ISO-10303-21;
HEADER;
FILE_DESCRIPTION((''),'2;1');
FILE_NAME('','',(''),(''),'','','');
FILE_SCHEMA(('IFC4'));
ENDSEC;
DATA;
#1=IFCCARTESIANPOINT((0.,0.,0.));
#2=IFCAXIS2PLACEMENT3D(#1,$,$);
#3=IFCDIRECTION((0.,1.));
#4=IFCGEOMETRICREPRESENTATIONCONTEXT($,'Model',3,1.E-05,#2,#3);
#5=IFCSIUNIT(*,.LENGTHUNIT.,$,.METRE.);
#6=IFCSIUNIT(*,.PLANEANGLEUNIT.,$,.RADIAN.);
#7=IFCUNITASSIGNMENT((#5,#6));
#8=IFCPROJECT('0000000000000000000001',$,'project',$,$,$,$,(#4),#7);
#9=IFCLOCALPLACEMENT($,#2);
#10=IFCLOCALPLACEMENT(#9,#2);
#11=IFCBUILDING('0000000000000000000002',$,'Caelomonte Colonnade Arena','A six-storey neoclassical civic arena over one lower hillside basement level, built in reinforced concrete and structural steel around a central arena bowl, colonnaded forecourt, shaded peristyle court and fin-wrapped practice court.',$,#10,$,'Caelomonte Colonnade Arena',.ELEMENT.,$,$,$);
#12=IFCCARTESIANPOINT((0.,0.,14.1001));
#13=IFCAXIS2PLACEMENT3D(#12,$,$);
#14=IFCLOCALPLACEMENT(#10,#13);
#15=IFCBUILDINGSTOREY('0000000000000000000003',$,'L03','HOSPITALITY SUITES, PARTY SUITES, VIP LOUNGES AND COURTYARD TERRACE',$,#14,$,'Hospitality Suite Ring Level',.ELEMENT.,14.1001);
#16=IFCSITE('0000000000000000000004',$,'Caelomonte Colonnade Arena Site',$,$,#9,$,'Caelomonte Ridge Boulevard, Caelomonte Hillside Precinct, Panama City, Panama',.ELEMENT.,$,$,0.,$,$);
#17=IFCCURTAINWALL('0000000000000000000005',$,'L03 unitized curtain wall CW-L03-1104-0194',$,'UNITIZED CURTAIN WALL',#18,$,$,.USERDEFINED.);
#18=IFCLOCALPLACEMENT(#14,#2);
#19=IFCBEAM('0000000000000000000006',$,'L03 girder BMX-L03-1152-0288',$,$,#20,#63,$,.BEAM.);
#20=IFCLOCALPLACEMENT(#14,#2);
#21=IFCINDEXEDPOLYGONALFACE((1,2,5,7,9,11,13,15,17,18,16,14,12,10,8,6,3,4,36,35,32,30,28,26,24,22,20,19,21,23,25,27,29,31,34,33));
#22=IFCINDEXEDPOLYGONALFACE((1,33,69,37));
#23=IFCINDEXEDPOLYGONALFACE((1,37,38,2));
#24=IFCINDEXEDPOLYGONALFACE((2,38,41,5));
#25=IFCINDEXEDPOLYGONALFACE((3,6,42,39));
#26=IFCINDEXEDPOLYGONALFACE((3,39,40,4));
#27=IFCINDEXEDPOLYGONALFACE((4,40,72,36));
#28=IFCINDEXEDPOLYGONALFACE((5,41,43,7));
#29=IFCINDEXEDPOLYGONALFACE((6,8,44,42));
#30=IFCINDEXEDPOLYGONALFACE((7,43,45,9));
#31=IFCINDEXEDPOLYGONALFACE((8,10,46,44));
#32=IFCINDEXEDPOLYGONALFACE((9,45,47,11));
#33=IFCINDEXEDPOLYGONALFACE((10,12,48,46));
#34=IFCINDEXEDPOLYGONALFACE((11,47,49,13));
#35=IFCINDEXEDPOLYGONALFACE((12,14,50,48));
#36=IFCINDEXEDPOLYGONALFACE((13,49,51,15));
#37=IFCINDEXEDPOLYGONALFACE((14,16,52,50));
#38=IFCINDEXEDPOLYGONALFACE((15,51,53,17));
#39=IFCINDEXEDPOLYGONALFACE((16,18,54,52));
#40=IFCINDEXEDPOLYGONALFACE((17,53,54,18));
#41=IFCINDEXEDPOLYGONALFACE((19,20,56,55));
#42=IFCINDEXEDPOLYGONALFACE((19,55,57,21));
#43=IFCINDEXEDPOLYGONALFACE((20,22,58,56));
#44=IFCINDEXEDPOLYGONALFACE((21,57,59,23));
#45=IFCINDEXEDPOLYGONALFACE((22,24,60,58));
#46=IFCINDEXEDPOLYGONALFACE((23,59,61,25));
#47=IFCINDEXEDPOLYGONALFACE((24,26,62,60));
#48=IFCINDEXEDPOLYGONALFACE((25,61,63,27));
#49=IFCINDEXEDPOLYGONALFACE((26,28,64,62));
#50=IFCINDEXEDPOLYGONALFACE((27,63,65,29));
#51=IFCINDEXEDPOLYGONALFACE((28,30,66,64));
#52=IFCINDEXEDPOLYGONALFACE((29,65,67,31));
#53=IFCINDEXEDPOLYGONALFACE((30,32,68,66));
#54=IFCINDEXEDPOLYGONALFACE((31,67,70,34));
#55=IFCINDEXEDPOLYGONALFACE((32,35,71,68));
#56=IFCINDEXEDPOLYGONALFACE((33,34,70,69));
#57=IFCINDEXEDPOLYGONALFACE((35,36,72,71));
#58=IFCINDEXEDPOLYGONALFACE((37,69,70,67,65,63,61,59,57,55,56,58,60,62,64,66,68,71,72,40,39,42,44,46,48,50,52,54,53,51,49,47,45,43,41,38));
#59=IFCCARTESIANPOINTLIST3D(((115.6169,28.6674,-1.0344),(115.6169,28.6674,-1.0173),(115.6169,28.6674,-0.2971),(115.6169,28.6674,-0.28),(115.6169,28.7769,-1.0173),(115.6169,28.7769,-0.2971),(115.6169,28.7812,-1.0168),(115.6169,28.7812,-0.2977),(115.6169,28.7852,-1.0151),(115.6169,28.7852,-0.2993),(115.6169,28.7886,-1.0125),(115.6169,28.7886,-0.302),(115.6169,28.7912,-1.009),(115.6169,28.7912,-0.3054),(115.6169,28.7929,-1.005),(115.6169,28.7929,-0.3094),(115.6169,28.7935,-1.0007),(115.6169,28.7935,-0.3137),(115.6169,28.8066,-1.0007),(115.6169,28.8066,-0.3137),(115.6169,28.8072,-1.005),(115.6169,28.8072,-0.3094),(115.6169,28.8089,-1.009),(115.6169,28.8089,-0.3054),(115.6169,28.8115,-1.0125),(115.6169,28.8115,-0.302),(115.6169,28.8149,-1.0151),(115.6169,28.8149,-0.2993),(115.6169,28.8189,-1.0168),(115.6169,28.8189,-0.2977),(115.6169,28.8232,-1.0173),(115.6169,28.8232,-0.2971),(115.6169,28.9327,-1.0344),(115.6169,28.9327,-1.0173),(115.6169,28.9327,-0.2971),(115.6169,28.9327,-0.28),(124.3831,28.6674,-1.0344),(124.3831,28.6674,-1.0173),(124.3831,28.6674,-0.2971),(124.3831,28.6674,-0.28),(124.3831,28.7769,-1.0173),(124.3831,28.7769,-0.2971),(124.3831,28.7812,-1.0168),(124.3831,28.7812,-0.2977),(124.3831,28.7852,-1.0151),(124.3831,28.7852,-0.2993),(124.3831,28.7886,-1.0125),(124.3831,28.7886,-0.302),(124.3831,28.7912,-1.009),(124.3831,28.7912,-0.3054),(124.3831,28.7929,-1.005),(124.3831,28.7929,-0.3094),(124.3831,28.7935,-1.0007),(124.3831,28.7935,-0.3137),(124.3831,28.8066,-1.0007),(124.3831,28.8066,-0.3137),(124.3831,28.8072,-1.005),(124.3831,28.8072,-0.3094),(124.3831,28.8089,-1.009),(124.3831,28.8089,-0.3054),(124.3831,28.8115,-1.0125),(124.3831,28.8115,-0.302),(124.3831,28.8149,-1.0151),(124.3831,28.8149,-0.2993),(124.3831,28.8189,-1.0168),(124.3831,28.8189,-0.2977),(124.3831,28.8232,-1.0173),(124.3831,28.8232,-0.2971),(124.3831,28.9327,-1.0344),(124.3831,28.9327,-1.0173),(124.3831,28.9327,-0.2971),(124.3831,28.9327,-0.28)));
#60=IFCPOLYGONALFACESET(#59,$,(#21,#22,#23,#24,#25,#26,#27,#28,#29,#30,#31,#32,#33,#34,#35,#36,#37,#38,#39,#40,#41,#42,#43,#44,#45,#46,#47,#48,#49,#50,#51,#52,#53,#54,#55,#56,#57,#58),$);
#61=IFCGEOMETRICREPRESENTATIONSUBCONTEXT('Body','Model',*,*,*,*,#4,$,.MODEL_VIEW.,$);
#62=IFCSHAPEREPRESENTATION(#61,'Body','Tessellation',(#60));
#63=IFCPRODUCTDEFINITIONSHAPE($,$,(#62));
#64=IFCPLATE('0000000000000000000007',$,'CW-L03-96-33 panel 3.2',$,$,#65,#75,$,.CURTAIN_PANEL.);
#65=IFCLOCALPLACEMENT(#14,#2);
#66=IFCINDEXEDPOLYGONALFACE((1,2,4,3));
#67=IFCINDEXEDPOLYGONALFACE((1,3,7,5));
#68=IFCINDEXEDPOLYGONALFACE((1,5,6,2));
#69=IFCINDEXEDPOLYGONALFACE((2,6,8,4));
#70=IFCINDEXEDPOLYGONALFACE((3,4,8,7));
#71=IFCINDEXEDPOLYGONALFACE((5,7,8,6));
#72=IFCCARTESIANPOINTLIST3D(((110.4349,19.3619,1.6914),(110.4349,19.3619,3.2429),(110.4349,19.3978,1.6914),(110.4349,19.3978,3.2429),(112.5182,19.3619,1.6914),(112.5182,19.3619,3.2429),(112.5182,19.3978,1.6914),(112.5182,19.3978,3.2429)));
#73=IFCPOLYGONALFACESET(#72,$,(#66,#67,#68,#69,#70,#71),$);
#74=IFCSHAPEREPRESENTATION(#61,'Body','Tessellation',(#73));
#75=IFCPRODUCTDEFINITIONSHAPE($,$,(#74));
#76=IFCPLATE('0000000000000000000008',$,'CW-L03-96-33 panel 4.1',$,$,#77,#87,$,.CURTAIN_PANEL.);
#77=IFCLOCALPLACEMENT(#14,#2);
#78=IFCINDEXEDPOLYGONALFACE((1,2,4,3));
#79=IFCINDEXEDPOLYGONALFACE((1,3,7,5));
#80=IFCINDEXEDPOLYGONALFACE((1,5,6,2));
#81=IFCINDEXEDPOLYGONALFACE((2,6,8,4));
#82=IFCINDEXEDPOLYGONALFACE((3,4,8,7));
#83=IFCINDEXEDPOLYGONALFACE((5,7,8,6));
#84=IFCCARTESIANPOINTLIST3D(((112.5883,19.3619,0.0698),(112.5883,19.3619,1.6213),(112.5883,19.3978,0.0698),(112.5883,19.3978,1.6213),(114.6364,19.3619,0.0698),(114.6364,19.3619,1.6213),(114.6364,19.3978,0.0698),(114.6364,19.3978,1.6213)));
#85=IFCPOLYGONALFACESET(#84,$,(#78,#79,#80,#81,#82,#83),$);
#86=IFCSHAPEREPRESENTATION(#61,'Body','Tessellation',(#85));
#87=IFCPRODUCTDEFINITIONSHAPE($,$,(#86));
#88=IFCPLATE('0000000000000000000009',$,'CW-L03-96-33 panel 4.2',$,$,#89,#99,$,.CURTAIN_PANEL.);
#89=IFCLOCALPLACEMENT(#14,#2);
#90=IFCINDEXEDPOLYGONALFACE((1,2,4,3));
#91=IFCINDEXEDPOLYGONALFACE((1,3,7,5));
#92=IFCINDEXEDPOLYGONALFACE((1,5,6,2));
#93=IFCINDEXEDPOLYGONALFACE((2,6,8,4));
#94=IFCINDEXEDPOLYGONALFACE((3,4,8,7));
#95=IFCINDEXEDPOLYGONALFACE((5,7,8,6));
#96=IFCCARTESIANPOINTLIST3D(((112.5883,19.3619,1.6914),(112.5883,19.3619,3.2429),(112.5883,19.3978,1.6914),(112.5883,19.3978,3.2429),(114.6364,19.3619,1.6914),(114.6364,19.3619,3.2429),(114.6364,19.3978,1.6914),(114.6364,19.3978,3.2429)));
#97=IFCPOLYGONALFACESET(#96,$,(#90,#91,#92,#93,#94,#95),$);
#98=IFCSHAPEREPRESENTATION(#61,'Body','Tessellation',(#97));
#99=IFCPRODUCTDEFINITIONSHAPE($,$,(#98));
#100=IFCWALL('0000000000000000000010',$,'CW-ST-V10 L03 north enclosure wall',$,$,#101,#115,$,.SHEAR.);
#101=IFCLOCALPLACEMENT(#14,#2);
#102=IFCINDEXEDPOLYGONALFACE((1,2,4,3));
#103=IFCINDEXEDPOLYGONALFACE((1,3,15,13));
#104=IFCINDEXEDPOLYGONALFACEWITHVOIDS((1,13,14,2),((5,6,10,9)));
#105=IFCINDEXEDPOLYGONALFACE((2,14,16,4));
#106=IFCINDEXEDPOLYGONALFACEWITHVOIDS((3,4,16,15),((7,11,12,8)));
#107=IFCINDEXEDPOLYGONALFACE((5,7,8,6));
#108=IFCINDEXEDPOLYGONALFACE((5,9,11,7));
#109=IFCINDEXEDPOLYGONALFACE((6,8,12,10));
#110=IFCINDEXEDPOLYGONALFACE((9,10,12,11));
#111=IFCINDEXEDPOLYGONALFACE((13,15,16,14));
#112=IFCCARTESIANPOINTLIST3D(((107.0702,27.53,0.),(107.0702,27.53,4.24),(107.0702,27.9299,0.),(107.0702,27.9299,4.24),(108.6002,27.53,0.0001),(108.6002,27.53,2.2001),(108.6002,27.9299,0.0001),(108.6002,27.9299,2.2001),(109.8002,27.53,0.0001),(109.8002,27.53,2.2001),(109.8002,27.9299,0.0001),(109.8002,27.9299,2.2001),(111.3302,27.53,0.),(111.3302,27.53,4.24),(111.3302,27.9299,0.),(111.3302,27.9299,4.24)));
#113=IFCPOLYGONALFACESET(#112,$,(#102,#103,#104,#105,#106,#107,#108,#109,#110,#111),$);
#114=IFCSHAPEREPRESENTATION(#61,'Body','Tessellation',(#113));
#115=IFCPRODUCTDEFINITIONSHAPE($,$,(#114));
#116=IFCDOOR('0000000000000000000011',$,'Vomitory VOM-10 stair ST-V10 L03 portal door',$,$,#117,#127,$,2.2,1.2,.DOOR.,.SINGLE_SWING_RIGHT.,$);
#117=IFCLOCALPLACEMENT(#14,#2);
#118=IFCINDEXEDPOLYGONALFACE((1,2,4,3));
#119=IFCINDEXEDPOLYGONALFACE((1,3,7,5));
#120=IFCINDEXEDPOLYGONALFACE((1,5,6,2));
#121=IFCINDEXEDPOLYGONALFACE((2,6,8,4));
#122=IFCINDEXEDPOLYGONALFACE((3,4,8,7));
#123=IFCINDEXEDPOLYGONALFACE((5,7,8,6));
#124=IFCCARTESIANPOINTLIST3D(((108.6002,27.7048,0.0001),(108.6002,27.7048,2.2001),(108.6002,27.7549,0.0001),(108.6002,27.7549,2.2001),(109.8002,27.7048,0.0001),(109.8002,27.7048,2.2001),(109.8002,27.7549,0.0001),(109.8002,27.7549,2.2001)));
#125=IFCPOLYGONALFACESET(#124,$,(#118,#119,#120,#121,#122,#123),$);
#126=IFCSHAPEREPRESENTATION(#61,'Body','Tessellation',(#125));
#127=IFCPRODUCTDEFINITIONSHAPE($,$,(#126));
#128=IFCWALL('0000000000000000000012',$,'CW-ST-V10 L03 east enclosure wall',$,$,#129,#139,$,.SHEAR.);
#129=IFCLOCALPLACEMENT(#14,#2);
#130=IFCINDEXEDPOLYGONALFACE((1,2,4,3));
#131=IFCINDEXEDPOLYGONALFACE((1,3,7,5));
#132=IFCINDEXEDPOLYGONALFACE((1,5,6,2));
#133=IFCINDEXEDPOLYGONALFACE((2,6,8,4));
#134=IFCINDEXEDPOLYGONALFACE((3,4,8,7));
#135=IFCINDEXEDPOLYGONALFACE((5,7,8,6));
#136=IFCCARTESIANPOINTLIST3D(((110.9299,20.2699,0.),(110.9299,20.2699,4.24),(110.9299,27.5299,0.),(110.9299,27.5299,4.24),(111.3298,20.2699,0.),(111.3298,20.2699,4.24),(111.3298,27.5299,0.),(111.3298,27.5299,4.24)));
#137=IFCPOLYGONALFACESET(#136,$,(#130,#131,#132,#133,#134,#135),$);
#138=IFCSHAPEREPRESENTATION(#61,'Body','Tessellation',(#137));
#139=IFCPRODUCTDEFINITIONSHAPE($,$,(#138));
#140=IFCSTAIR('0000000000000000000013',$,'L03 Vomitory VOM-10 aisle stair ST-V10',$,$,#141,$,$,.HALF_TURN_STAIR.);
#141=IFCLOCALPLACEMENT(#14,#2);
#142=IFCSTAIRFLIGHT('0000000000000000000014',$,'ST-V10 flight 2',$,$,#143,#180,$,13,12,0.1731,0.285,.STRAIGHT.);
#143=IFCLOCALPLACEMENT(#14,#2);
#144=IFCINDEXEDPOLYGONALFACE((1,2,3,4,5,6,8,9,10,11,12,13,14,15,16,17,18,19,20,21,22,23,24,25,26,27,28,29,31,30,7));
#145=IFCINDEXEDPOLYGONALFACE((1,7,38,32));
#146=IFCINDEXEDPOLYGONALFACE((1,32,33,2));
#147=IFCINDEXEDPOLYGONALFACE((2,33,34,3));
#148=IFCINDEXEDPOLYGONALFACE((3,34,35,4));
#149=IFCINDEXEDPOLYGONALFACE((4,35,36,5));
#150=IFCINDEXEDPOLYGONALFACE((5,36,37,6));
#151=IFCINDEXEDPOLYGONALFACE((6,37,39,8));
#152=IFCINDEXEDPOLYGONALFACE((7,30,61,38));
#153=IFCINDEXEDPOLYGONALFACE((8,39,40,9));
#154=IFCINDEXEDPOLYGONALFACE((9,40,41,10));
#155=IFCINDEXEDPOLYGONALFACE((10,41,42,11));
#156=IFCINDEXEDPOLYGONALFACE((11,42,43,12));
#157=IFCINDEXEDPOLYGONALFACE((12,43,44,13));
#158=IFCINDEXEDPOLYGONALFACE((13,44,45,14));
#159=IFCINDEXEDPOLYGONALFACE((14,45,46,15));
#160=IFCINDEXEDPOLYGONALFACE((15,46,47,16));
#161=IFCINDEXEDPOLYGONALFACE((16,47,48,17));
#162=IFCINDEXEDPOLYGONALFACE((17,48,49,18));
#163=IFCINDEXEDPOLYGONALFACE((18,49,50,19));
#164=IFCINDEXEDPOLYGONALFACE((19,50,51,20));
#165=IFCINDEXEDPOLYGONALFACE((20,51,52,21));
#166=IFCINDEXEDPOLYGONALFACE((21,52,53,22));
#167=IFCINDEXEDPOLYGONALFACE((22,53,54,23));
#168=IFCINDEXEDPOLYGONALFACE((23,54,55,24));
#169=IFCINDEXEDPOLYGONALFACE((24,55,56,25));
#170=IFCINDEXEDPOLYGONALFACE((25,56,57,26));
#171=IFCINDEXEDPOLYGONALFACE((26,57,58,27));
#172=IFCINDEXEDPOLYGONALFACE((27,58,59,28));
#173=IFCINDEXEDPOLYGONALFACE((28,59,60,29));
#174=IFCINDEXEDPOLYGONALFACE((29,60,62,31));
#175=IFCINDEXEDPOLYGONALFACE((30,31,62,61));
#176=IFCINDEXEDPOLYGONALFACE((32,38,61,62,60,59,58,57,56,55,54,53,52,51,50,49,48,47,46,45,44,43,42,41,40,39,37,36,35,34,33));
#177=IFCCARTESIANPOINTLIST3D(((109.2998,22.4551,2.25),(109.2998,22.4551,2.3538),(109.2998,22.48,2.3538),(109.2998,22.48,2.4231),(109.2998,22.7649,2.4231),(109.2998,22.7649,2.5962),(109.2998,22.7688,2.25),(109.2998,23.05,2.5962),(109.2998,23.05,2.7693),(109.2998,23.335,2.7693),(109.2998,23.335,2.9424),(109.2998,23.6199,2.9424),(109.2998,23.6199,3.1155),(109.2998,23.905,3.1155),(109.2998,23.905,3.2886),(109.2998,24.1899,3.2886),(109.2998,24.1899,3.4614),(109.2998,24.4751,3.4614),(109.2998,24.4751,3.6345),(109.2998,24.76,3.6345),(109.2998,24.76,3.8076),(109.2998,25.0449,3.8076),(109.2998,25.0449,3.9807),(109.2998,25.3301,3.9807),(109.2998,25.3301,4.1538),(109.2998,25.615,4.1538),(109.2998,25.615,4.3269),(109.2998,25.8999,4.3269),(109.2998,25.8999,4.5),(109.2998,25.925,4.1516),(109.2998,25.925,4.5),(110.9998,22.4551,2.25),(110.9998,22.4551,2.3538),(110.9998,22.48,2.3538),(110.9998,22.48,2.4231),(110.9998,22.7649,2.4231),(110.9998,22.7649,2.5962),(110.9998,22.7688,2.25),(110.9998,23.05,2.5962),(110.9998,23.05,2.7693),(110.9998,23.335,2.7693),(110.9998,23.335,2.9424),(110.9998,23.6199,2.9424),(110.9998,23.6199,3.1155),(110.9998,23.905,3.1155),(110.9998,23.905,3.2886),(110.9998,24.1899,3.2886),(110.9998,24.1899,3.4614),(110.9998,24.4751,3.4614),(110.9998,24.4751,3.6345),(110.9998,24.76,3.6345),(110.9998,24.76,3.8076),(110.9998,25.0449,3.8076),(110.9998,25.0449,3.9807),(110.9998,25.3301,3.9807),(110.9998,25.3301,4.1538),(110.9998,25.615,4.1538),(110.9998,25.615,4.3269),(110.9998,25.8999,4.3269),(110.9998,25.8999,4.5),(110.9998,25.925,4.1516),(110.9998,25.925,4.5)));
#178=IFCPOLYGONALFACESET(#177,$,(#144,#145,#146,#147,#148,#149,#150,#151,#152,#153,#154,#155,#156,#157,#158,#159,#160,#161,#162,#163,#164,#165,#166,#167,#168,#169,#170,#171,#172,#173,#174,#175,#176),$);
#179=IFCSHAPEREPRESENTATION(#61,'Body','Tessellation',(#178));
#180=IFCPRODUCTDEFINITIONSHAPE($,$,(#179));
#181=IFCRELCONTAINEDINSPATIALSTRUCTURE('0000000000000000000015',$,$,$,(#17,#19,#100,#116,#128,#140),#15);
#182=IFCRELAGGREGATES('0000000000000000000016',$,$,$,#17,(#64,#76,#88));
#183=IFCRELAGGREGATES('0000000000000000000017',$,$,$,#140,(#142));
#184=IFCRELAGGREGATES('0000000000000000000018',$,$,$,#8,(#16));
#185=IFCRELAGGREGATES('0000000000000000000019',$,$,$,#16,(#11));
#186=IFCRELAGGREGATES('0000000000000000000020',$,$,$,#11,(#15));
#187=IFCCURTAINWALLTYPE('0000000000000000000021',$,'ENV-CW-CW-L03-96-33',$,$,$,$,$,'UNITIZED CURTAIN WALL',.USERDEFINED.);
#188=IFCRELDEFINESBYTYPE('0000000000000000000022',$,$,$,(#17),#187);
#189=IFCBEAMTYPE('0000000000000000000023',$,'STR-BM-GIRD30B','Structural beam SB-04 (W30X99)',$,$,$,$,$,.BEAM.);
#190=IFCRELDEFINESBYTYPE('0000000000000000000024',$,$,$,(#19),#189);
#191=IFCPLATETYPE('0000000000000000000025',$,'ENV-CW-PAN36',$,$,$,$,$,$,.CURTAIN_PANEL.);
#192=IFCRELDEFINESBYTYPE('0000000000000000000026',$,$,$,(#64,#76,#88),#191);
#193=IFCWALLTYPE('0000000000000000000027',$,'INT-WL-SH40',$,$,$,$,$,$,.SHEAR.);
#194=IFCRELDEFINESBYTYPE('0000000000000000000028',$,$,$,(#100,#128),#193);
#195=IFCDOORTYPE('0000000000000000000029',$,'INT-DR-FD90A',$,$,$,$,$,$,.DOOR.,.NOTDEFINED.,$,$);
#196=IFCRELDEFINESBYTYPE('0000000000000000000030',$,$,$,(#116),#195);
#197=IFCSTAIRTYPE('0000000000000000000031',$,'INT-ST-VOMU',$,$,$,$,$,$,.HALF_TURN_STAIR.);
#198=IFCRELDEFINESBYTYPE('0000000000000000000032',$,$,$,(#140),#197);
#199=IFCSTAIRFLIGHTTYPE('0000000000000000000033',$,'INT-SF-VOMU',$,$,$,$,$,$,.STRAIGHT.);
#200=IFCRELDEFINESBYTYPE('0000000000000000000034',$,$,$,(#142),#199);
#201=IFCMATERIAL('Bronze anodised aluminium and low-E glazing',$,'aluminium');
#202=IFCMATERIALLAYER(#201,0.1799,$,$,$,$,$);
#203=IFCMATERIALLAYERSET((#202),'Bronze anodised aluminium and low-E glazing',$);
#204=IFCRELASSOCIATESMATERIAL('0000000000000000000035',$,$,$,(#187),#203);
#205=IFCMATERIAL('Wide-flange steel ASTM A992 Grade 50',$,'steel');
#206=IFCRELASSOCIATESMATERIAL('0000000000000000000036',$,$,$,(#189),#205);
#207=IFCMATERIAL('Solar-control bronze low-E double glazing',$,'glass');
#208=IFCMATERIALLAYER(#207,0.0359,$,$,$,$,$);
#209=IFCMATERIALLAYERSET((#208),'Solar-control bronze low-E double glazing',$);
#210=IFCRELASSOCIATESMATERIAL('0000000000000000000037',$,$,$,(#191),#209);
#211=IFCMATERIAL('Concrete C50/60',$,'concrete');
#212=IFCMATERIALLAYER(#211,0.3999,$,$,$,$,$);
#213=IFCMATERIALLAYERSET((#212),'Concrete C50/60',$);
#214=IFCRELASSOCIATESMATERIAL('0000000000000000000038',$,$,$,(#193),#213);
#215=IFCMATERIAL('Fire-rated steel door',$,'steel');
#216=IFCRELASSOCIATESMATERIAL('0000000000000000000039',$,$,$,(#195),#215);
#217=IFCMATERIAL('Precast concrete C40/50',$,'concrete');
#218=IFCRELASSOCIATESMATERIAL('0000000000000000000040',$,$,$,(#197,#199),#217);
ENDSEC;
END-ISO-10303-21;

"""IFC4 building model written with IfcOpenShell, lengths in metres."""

from ifc_helpers import new_model, si_unit, direction, frame, frame_2d, origin, origin_2d, place, context, subcontext, project, spatial, polyline, rectangle, i_section, outline, extrude, material, layer, layer_set, material_profile, profile_set, type_object, element, fill, aggregate, save


model = new_model("IFC4")

# Units and contexts
model_context = context("Model", 3, precision=1e-05, world=origin(), true_north=direction((0.0, 1.0)))
body_context = subcontext(model_context, "Body", "Model", "MODEL_VIEW")
ifc_project = project(units=[si_unit("LENGTHUNIT", "METRE"), si_unit("PLANEANGLEUNIT", "RADIAN")], contexts=[model_context])

# Site, building, storey
site_placement = place(None, origin())
site = spatial("IfcSite", under=ifc_project, at=site_placement, Name="Caelomonte Colonnade Arena Site", LongName="Caelomonte Ridge Boulevard, Caelomonte Hillside Precinct, Panama City, Panama", CompositionType="ELEMENT", RefElevation=0.0)
building_placement = place(site_placement, origin())
building = spatial("IfcBuilding", under=site, at=building_placement, Name="Caelomonte Colonnade Arena", Description="A six-storey neoclassical civic arena over one lower hillside basement level, built in reinforced concrete and structural steel around a central arena bowl, colonnaded forecourt, shaded peristyle court and fin-wrapped practice court.", LongName="Caelomonte Colonnade Arena", CompositionType="ELEMENT")
storey_placement = place(building_placement, frame((0.0, 0.0, 14.1001)))
storey = spatial("IfcBuildingStorey", under=building, at=storey_placement, Name="L03", Description="HOSPITALITY SUITES, PARTY SUITES, VIP LOUNGES AND COURTYARD TERRACE", LongName="Hospitality Suite Ring Level", CompositionType="ELEMENT", Elevation=14.1001)

# Curtain wall
ifc_material_1 = material(Name="Bronze anodised aluminium and low-E glazing", Category="aluminium")
ifc_layer_1 = layer(ifc_material_1, 0.1799)
ifc_layer_set_1 = layer_set([ifc_layer_1], Name="Bronze anodised aluminium and low-E glazing")
curtain_wall_type = type_object("IfcCurtainWallType", Name="ENV-CW-CW-L03-96-33", ElementType="UNITIZED CURTAIN WALL", PredefinedType="USERDEFINED", material=ifc_layer_set_1)
curtain_wall_1_placement = place(storey_placement, origin())
curtain_wall_1 = element("IfcCurtainWall", 1, at=curtain_wall_1_placement, inside=storey, type_object=curtain_wall_type, Name="L03 unitized curtain wall CW-L03-1104-0194", ObjectType="UNITIZED CURTAIN WALL", PredefinedType="USERDEFINED")

# Beam
ifc_material_2 = material(Name="Wide-flange steel ASTM A992 Grade 50", Category="steel")
ifc_material_profile_1 = material_profile(ifc_material_2, i_section(OverallWidth=0.2654, OverallDepth=0.7544, WebThickness=0.0132, FlangeThickness=0.0171, FilletRadius=0.0166, at=origin_2d()), Name="W30X99")
ifc_profile_set_1 = profile_set([ifc_material_profile_1], Name="Wide-flange steel ASTM A992 Grade 50")
beam_type_1 = type_object("IfcBeamType", Name="STR-BM-GIRD30B", Description="Structural beam SB-04 (W30X99)", PredefinedType="BEAM", material=ifc_profile_set_1)
beam_1_placement = place(storey_placement, frame((115.6169, 28.8, -0.6572), z_axis=(1.0, 0.0, 0.0), x_axis=(0.0, 1.0, 0.0)))
element("IfcBeam", 2, at=beam_1_placement, inside=storey, type_object=beam_type_1, Name="L03 girder BMX-L03-1152-0288", PredefinedType="BEAM", context=body_context, shape_type="SweptSolid", body=[
    extrude(i_section(OverallWidth=0.2654, OverallDepth=0.7544, WebThickness=0.0132, FlangeThickness=0.0171, FilletRadius=0.0166, at=origin_2d()), origin(), (0.0, 0.0, 1.0), 8.7661),
])

# Plates
ifc_material_3 = material(Name="Solar-control bronze low-E double glazing", Category="glass")
ifc_layer_2 = layer(ifc_material_3, 0.0359)
ifc_layer_set_2 = layer_set([ifc_layer_2], Name="Solar-control bronze low-E double glazing")
plate_type = type_object("IfcPlateType", Name="ENV-CW-PAN36", PredefinedType="CURTAIN_PANEL", material=ifc_layer_set_2)
plate_1_placement = place(storey_placement, frame((111.4766, 19.3799, 1.6914), z_axis=(0.0, 0.0, 1.0), x_axis=(1.0, 0.0, 0.0)))
plate_1 = element("IfcPlate", 3, at=plate_1_placement, type_object=plate_type, Name="CW-L03-96-33 panel 3.2", PredefinedType="CURTAIN_PANEL", context=body_context, shape_type="SweptSolid", body=[
    extrude(rectangle(XDim=2.0833, YDim=0.0359, at=origin_2d()), origin(), (0.0, 0.0, 1.0), 1.5515),
])
plate_2_placement = place(storey_placement, frame((113.6123, 19.3799, 0.0698), z_axis=(0.0, 0.0, 1.0), x_axis=(1.0, 0.0, 0.0)))
plate_2 = element("IfcPlate", 4, at=plate_2_placement, type_object=plate_type, Name="CW-L03-96-33 panel 4.1", PredefinedType="CURTAIN_PANEL", context=body_context, shape_type="SweptSolid", body=[
    extrude(rectangle(XDim=2.0481, YDim=0.0359, at=origin_2d()), origin(), (0.0, 0.0, 1.0), 1.5515),
])
plate_3_placement = place(storey_placement, frame((113.6123, 19.3799, 1.6914), z_axis=(0.0, 0.0, 1.0), x_axis=(1.0, 0.0, 0.0)))
plate_3 = element("IfcPlate", 5, at=plate_3_placement, type_object=plate_type, Name="CW-L03-96-33 panel 4.2", PredefinedType="CURTAIN_PANEL", context=body_context, shape_type="SweptSolid", body=[
    extrude(rectangle(XDim=2.0481, YDim=0.0359, at=origin_2d()), origin(), (0.0, 0.0, 1.0), 1.5515),
])
aggregate(curtain_wall_1, [plate_1, plate_2, plate_3])

# Wall, opening, door
ifc_material_4 = material(Name="Concrete C50/60", Category="concrete")
ifc_layer_3 = layer(ifc_material_4, 0.3999)
ifc_layer_set_3 = layer_set([ifc_layer_3], Name="Concrete C50/60")
wall_type = type_object("IfcWallType", Name="INT-WL-SH40", PredefinedType="SHEAR", material=ifc_layer_set_3)
wall_1_placement = place(storey_placement, frame((111.3301, 27.73, 0.0), z_axis=(0.0, 0.0, 1.0), x_axis=(-1.0, 0.0, 0.0)))
wall_1 = element("IfcWall", 6, at=wall_1_placement, inside=storey, type_object=wall_type, Name="CW-ST-V10 L03 north enclosure wall", PredefinedType="SHEAR", context=body_context, shape_type="SweptSolid", body=[
    extrude(rectangle(XDim=4.26, YDim=0.3999, at=frame_2d((2.1299, 0.0))), origin(), (0.0, 0.0, 1.0), 4.24),
])
opening_placement = place(wall_1_placement, frame((2.73, 0.0, 0.0), z_axis=(0.0, 0.0, 1.0), x_axis=(-1.0, 0.0, 0.0)))
opening = element("IfcOpeningElement", 7, at=opening_placement, cuts=wall_1, PredefinedType="OPENING", context=body_context, shape_type="SweptSolid", body=[
    extrude(rectangle(XDim=1.2, YDim=2.2, at=frame_2d((0.6001, 1.1001))), frame((0.0, 0.21, 0.0), z_axis=(0.0, -1.0, 0.0), x_axis=(1.0, 0.0, 0.0)), (0.0, 0.0, 1.0), 0.4199),
])
ifc_material_5 = material(Name="Fire-rated steel door", Category="steel")
door_type = type_object("IfcDoorType", Name="INT-DR-FD90A", OperationType="NOTDEFINED", PredefinedType="DOOR", material=ifc_material_5)
door_placement = place(opening_placement, origin())
door = element("IfcDoor", 8, at=door_placement, inside=storey, type_object=door_type, Name="Vomitory VOM-10 stair ST-V10 L03 portal door", OperationType="SINGLE_SWING_RIGHT", OverallHeight=2.2, OverallWidth=1.2, PredefinedType="DOOR", context=body_context, shape_type="SweptSolid", body=[
    extrude(rectangle(XDim=1.2, YDim=2.2, at=frame_2d((0.6001, 1.1001))), frame((0.0, 0.0249, 0.0), z_axis=(0.0, -1.0, 0.0), x_axis=(1.0, 0.0, 0.0)), (0.0, 0.0, 1.0), 0.05),
])
fill(opening, door)

# Wall
wall_2_placement = place(storey_placement, frame((111.1299, 20.27, 0.0), z_axis=(0.0, 0.0, 1.0), x_axis=(0.0, 1.0, 0.0)))
element("IfcWall", 9, at=wall_2_placement, inside=storey, type_object=wall_type, Name="CW-ST-V10 L03 east enclosure wall", PredefinedType="SHEAR", context=body_context, shape_type="SweptSolid", body=[
    extrude(rectangle(XDim=7.26, YDim=0.3999, at=frame_2d((3.6299, 0.0))), origin(), (0.0, 0.0, 1.0), 4.24),
])

# Stair, stair flight
ifc_material_6 = material(Name="Precast concrete C40/50", Category="concrete")
stair_type = type_object("IfcStairType", Name="INT-ST-VOMU", PredefinedType="HALF_TURN_STAIR", material=ifc_material_6)
stair_placement = place(storey_placement, origin())
stair = element("IfcStair", 10, at=stair_placement, inside=storey, type_object=stair_type, Name="L03 Vomitory VOM-10 aisle stair ST-V10", PredefinedType="HALF_TURN_STAIR")
stair_flight_type = type_object("IfcStairFlightType", Name="INT-SF-VOMU", PredefinedType="STRAIGHT", material=ifc_material_6)
stair_flight_placement = place(storey_placement, frame((110.1499, 22.48, 2.25), z_axis=(0.0, 0.0, 1.0), x_axis=(0.0, 1.0, 0.0)))
stair_flight = element("IfcStairFlight", 11, at=stair_flight_placement, type_object=stair_flight_type, Name="ST-V10 flight 2", NumberOfRisers=13, NumberOfTreads=12, PredefinedType="STRAIGHT", RiserHeight=0.1731, TreadLength=0.285, context=body_context, shape_type="SweptSolid", body=[
    extrude(outline(polyline([(-0.0249, 0.0), (-0.0249, 0.1038), (0.0, 0.1038), (0.0, 0.1731), (0.2849, 0.1731), (0.2849, 0.3462), (0.5701, 0.3462), (0.5701, 0.5193), (0.855, 0.5193), (0.855, 0.6924), (1.1399, 0.6924), (1.1399, 0.8655), (1.425, 0.8655), (1.425, 1.0386), (1.71, 1.0386), (1.71, 1.2114), (1.9951, 1.2114), (1.9951, 1.3845), (2.28, 1.3845), (2.28, 1.5576), (2.5649, 1.5576), (2.5649, 1.7307), (2.8501, 1.7307), (2.8501, 1.9038), (3.135, 1.9038), (3.135, 2.0769), (3.4199, 2.0769), (3.4199, 2.25), (3.4451, 2.25), (3.4451, 1.9016), (0.2888, 0.0), (-0.0249, 0.0)])), frame((0.0, 0.8501, 0.0), z_axis=(0.0, -1.0, 0.0), x_axis=(1.0, 0.0, 0.0)), (0.0, 0.0, 1.0), 1.7),
])
aggregate(stair, [stair_flight])

save(model, "model.ifc")
